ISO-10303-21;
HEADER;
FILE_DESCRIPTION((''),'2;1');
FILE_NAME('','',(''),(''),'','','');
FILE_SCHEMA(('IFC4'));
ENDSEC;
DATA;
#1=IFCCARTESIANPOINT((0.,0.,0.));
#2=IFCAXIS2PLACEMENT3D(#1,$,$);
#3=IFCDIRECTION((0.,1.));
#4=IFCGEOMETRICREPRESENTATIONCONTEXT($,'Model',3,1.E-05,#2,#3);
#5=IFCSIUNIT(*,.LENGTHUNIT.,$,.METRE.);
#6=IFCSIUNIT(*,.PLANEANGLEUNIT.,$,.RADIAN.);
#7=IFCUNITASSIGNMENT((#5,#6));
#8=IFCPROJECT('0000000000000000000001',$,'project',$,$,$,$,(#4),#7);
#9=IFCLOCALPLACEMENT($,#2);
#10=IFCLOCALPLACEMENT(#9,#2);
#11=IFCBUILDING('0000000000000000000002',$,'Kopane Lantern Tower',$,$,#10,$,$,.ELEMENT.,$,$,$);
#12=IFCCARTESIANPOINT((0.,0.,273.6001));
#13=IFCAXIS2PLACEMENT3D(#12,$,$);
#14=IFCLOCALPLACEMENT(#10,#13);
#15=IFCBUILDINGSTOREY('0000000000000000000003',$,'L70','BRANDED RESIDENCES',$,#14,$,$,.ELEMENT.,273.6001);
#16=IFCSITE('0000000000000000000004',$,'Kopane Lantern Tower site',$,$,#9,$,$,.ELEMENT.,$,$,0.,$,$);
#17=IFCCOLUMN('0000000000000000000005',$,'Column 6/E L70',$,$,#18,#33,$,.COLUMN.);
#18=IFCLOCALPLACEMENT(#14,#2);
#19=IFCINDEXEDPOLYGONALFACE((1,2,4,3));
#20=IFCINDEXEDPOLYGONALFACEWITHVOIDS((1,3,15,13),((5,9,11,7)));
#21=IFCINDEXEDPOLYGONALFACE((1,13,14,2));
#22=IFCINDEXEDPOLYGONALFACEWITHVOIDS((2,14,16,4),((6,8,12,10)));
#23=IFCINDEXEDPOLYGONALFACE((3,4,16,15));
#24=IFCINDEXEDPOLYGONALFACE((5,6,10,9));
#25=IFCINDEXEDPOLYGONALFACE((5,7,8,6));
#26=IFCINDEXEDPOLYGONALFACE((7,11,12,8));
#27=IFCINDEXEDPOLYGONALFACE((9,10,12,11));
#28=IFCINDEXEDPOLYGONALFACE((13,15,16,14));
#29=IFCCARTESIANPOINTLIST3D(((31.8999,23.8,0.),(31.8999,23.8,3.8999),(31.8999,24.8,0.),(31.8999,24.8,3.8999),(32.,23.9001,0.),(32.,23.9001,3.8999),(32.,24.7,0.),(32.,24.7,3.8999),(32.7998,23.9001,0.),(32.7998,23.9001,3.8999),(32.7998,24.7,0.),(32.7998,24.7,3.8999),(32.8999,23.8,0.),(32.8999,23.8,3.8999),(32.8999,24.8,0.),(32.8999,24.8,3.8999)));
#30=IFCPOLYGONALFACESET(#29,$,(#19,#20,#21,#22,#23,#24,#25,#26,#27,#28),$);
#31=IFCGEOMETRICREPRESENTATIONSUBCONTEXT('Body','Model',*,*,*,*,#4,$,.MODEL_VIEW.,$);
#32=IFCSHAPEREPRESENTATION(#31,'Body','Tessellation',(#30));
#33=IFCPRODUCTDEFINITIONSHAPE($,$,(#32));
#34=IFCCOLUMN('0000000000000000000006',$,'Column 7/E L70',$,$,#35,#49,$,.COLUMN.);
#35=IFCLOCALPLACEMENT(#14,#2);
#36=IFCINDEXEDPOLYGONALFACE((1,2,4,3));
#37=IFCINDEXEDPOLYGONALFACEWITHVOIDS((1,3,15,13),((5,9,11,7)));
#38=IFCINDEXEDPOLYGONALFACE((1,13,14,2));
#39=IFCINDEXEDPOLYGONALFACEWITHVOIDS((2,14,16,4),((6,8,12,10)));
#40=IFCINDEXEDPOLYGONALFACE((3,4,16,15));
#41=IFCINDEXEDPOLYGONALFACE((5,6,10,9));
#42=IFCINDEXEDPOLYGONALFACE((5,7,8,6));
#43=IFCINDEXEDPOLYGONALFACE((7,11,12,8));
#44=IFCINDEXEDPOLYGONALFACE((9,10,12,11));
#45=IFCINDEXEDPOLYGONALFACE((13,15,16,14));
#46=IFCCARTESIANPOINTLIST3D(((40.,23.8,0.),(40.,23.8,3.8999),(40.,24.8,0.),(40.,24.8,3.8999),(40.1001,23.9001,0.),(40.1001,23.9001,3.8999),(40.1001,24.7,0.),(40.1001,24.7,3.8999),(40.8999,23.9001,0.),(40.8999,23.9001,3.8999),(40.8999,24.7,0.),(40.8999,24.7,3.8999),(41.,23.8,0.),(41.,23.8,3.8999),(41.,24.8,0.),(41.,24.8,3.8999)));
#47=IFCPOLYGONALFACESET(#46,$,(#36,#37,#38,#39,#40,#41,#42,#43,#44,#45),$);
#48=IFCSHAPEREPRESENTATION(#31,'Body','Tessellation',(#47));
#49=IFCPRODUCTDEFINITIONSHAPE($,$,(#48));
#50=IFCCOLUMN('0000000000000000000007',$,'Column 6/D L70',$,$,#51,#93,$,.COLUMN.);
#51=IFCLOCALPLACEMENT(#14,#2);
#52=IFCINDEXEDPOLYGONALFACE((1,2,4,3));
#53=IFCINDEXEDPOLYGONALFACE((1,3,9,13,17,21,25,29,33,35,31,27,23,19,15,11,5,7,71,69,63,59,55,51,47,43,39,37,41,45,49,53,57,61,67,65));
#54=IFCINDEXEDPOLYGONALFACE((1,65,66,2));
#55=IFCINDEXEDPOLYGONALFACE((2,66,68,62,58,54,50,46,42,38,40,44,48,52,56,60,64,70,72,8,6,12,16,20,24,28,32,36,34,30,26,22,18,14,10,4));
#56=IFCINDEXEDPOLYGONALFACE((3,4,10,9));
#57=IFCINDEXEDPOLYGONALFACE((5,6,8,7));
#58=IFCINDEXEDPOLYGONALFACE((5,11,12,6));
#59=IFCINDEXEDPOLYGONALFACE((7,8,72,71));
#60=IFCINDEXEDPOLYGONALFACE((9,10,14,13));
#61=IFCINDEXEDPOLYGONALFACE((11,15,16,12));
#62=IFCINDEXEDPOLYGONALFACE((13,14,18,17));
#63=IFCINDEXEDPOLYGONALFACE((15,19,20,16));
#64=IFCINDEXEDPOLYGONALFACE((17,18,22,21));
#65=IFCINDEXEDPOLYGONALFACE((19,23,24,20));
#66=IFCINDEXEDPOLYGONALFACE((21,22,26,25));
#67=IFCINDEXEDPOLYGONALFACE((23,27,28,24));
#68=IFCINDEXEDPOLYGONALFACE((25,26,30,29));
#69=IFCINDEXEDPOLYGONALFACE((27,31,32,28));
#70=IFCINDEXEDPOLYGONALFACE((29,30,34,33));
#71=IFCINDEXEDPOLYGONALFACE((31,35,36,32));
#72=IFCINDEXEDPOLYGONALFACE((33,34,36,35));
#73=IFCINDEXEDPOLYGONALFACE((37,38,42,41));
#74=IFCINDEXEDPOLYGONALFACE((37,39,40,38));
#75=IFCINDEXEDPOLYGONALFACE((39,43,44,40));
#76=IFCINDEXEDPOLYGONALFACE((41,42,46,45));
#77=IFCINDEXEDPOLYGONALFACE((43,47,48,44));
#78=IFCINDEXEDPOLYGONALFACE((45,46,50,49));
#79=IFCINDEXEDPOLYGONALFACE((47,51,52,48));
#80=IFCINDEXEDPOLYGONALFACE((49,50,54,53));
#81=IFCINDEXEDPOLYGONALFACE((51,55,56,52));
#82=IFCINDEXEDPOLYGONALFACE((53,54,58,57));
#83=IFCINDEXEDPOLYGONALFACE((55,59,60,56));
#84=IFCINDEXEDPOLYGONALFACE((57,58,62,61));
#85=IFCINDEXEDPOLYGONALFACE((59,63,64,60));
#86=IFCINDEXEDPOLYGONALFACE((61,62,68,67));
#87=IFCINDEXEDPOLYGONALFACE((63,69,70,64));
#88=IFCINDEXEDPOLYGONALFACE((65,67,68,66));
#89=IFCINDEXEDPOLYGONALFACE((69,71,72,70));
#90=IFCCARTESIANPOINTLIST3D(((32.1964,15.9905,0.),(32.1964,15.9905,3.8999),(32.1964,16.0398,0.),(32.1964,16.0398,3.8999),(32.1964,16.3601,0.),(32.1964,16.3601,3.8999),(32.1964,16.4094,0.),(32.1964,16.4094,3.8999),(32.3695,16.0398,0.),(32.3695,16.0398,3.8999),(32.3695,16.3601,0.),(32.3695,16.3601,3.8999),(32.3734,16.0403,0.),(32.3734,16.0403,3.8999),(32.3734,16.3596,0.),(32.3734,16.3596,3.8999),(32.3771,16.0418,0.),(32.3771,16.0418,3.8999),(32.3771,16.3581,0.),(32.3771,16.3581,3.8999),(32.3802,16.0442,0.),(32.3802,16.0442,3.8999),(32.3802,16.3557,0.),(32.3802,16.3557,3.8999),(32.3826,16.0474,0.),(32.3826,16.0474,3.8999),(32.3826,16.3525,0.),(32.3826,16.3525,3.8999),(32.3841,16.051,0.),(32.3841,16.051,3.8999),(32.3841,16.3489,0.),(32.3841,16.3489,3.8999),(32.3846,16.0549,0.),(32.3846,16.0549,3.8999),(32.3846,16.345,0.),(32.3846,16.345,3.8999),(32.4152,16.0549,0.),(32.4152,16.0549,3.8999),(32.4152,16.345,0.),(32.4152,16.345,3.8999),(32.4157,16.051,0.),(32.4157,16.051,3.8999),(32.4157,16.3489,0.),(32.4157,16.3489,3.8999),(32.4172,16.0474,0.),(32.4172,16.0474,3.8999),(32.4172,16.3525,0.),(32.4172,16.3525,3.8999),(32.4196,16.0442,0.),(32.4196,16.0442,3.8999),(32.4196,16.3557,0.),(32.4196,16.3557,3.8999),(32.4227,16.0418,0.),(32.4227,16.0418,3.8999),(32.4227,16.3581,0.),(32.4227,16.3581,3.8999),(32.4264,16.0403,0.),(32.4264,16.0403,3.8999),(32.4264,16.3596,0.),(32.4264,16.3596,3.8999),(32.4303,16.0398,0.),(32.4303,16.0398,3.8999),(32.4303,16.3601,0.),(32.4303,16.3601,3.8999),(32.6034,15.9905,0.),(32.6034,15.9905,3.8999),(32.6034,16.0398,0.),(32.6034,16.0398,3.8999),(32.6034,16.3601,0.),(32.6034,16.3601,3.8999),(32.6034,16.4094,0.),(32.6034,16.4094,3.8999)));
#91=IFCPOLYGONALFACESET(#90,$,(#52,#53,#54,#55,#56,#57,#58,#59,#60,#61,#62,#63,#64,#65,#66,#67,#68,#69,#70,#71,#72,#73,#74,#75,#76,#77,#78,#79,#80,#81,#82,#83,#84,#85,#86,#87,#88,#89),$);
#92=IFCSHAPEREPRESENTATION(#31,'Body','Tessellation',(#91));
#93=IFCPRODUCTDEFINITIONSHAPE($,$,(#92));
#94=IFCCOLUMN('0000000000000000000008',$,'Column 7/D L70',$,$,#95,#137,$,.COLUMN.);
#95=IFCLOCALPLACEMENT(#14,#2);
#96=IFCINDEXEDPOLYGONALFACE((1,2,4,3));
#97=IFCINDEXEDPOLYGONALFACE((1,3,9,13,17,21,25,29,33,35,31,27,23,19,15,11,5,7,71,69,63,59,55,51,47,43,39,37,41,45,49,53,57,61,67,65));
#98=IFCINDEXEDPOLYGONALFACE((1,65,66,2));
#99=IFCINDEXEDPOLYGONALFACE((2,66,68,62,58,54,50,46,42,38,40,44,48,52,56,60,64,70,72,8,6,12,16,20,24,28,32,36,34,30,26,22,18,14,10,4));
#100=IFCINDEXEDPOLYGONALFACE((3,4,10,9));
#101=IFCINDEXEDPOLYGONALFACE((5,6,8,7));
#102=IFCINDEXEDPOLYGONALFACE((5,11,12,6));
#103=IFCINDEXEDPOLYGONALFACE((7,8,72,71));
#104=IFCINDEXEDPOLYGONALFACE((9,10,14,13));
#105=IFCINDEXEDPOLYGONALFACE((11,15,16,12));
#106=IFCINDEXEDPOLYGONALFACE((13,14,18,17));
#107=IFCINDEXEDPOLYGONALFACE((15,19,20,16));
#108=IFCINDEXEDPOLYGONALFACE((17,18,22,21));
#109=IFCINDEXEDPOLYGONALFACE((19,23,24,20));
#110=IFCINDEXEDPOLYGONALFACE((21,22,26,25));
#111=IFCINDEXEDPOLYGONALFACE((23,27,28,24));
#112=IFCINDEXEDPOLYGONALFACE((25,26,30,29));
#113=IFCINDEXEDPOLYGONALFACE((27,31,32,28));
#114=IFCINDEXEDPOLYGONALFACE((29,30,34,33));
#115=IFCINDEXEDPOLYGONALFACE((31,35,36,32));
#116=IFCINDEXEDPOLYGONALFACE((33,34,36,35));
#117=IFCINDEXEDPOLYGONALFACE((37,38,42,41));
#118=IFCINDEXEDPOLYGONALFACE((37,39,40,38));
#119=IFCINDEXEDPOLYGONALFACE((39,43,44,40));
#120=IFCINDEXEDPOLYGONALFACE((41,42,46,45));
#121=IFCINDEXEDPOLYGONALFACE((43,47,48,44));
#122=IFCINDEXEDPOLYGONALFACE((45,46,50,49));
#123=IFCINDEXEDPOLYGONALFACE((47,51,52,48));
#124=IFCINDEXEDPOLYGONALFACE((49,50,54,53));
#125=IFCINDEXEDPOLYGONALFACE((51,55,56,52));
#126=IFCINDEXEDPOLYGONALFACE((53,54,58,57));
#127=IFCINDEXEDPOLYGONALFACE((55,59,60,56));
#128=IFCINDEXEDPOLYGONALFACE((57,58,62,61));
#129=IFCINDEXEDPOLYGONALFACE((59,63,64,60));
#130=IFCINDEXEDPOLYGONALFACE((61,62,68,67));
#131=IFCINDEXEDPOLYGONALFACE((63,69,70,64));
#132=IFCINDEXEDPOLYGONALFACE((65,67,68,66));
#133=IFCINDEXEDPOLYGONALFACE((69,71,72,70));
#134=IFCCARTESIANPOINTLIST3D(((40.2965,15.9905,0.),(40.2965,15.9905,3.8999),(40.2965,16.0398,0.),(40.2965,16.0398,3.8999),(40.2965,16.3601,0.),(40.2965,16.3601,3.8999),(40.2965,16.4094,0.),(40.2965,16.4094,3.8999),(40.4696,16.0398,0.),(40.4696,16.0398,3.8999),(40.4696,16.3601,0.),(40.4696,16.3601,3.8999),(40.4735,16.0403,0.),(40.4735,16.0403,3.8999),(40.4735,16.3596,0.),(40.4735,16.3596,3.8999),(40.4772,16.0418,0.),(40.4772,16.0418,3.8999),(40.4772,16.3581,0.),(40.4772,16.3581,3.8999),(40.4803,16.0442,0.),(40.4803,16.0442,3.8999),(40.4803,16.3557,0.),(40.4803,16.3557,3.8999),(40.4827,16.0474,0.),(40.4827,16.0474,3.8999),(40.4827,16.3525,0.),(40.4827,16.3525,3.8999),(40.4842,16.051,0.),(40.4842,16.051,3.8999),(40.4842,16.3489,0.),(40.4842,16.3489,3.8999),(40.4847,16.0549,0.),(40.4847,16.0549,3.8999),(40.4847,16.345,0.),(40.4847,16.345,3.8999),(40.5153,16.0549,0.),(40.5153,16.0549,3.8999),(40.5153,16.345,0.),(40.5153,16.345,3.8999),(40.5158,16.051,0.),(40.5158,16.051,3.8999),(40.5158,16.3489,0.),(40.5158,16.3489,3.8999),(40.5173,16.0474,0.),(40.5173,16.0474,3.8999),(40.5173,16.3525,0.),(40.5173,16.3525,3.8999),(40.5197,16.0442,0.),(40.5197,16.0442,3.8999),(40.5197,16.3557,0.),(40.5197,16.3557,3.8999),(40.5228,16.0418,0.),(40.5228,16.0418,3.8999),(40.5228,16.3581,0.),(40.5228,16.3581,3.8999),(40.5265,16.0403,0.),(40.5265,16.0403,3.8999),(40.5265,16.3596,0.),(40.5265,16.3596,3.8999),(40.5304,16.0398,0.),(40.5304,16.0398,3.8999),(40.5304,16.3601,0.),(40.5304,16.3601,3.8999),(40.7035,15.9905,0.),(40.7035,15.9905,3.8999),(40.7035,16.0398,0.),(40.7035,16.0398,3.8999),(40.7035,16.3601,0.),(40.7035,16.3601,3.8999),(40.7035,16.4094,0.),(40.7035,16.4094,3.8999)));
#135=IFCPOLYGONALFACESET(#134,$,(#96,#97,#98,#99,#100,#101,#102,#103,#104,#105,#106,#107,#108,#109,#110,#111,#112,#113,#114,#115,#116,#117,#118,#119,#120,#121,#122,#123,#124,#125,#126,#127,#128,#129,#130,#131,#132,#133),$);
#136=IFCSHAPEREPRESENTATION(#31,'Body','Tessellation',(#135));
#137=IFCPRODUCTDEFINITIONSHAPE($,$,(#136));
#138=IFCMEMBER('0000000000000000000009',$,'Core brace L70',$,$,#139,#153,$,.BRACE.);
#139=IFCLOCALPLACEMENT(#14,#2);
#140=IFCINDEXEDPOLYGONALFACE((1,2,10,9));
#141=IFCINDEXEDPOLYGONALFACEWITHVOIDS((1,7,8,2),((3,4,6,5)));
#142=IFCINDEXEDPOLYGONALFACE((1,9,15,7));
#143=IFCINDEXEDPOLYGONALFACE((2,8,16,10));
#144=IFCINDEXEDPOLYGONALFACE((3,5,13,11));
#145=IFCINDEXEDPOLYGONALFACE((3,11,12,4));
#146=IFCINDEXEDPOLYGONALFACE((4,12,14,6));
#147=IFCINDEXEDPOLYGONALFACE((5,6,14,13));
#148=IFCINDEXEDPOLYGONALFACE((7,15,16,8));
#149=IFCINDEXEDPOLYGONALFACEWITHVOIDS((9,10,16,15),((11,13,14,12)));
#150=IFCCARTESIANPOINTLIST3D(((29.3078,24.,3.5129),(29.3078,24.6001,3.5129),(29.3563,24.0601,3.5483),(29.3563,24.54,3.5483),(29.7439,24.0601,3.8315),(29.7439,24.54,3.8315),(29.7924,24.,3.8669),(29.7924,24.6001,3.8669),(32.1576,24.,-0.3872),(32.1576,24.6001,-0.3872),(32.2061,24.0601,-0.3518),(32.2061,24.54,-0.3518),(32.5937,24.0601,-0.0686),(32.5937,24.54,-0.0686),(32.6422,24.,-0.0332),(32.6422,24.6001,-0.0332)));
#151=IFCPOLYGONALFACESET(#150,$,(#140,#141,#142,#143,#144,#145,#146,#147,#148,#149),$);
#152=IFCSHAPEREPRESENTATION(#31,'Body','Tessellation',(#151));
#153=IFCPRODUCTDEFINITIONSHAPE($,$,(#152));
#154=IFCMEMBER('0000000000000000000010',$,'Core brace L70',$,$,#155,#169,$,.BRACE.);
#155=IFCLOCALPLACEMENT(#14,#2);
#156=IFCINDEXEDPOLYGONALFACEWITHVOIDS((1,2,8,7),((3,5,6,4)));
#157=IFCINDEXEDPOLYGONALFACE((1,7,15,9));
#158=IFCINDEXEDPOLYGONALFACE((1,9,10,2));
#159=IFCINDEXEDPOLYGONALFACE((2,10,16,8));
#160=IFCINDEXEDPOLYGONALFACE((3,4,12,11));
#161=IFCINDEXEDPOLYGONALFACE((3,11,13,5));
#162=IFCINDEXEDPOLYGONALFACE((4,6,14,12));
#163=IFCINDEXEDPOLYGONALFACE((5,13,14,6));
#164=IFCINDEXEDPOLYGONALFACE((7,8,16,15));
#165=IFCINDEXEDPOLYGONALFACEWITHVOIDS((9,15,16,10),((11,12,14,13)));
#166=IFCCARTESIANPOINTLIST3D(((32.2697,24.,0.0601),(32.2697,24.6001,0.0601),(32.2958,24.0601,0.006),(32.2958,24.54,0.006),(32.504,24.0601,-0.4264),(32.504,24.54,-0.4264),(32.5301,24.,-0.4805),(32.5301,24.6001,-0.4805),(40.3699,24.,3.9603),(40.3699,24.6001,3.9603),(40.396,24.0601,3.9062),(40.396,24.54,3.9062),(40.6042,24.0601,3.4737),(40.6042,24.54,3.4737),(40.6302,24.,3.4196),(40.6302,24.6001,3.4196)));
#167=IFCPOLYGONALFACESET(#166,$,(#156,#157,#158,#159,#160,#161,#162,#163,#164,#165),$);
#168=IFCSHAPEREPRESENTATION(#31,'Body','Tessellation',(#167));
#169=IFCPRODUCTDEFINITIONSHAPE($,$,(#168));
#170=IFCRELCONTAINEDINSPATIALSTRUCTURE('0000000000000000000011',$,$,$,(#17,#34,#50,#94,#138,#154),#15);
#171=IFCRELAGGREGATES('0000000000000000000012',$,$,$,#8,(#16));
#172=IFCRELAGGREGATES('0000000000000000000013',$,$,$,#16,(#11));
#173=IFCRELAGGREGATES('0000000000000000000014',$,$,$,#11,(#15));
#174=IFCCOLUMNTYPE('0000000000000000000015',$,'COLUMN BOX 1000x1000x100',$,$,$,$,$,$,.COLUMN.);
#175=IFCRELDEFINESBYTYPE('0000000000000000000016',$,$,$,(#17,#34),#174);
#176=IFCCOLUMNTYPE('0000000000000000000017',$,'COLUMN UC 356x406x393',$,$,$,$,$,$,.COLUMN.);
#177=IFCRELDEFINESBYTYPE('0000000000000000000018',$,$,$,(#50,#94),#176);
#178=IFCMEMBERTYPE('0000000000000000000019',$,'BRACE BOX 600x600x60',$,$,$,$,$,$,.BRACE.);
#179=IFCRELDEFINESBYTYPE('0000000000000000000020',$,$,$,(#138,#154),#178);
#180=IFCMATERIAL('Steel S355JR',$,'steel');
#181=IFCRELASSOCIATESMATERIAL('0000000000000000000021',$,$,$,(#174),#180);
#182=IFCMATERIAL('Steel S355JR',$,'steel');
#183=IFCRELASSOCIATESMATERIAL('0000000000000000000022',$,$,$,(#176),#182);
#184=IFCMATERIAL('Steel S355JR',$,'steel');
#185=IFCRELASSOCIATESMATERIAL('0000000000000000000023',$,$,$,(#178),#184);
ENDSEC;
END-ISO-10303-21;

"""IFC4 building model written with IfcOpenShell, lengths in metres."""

from ifc_helpers import new_model, si_unit, direction, frame, origin, origin_2d, place, context, subcontext, project, spatial, hollow_rectangle, i_section, extrude, material, material_profile, profile_set, type_object, element, save


model = new_model("IFC4")

# Units and contexts
model_context = context("Model", 3, precision=1e-05, world=origin(), true_north=direction((0.0, 1.0)))
body_context = subcontext(model_context, "Body", "Model", "MODEL_VIEW")
ifc_project = project(units=[si_unit("LENGTHUNIT", "METRE"), si_unit("PLANEANGLEUNIT", "RADIAN")], contexts=[model_context])

# Site, building, storey
site_placement = place(None, origin())
site = spatial("IfcSite", under=ifc_project, at=site_placement, Name="Kopane Lantern Tower site", CompositionType="ELEMENT", RefElevation=0.0)
building_placement = place(site_placement, origin())
building = spatial("IfcBuilding", under=site, at=building_placement, Name="Kopane Lantern Tower", CompositionType="ELEMENT")
storey_placement = place(building_placement, frame((0.0, 0.0, 273.6001)))
storey = spatial("IfcBuildingStorey", under=building, at=storey_placement, Name="L70", Description="BRANDED RESIDENCES", CompositionType="ELEMENT", Elevation=273.6001)

# Columns
ifc_material_1 = material(Name="Steel S355JR", Category="steel")
ifc_material_profile_1 = material_profile(ifc_material_1, hollow_rectangle(XDim=1.0, YDim=1.0, WallThickness=0.1001, at=origin_2d()), Name="BOX 1000x1000x100")
ifc_profile_set_1 = profile_set([ifc_material_profile_1], Name="Steel S355JR")
column_type_1 = type_object("IfcColumnType", Name="COLUMN BOX 1000x1000x100", PredefinedType="COLUMN", material=ifc_profile_set_1)
for number, where, z_axis, x_axis, name in (
    (1, (32.3999, 24.3, 0.0), (0.0, 0.0, 1.0), (1.0, 0.0, 0.0), "Column 6/E L70"),
    (2, (40.5, 24.3, 0.0), (0.0, 0.0, 1.0), (1.0, 0.0, 0.0), "Column 7/E L70"),
):
    element("IfcColumn", number, at=place(storey_placement, frame(where, z_axis=z_axis, x_axis=x_axis)), inside=storey, type_object=column_type_1, Name=name, PredefinedType="COLUMN", context=body_context, shape_type="SweptSolid", body=[
        extrude(hollow_rectangle(XDim=1.0, YDim=1.0, WallThickness=0.1001, at=origin_2d()), origin(), (0.0, 0.0, 1.0), 3.8999),
    ])
ifc_material_2 = material(Name="Steel S355JR", Category="steel")
ifc_material_profile_2 = material_profile(ifc_material_2, i_section(OverallWidth=0.407, OverallDepth=0.4189, WebThickness=0.0305, FlangeThickness=0.0493, FilletRadius=0.0151, at=origin_2d()), Name="UC 356x406x393")
ifc_profile_set_2 = profile_set([ifc_material_profile_2], Name="Steel S355JR")
column_type_2 = type_object("IfcColumnType", Name="COLUMN UC 356x406x393", PredefinedType="COLUMN", material=ifc_profile_set_2)
for number, where, z_axis, x_axis, name in (
    (3, (32.3999, 16.2, 0.0), (0.0, 0.0, 1.0), (1.0, 0.0, 0.0), "Column 6/D L70"),
    (4, (40.5, 16.2, 0.0), (0.0, 0.0, 1.0), (1.0, 0.0, 0.0), "Column 7/D L70"),
):
    element("IfcColumn", number, at=place(storey_placement, frame(where, z_axis=z_axis, x_axis=x_axis)), inside=storey, type_object=column_type_2, Name=name, PredefinedType="COLUMN", context=body_context, shape_type="SweptSolid", body=[
        extrude(i_section(OverallWidth=0.407, OverallDepth=0.4189, WebThickness=0.0305, FlangeThickness=0.0493, FilletRadius=0.0151, at=origin_2d()), origin(), (0.0, 0.0, 1.0), 3.8999),
    ])

# Members
ifc_material_3 = material(Name="Steel S355JR", Category="steel")
ifc_material_profile_3 = material_profile(ifc_material_3, hollow_rectangle(XDim=0.6001, YDim=0.6001, WallThickness=0.0601, at=origin_2d()), Name="BOX 600x600x60")
ifc_profile_set_3 = profile_set([ifc_material_profile_3], Name="Steel S355JR")
member_type = type_object("IfcMemberType", Name="BRACE BOX 600x600x60", PredefinedType="BRACE", material=ifc_profile_set_3)
member_1_placement = place(storey_placement, frame((32.3999, 24.3, -0.2102), z_axis=(-0.589982, 0.0, 0.807416), x_axis=(0.0, -1.0, 0.0)))
element("IfcMember", 5, at=member_1_placement, inside=storey, type_object=member_type, Name="Core brace L70", PredefinedType="BRACE", context=body_context, shape_type="SweptSolid", body=[
    extrude(hollow_rectangle(XDim=0.6001, YDim=0.6001, WallThickness=0.0601, at=origin_2d()), origin(), (0.0, 0.0, 1.0), 4.8303),
])
member_2_placement = place(storey_placement, frame((32.3999, 24.3, -0.2102), z_axis=(0.900997, 0.0, 0.433825), x_axis=(0.0, 1.0, 0.0)))
element("IfcMember", 6, at=member_2_placement, inside=storey, type_object=member_type, Name="Core brace L70", PredefinedType="BRACE", context=body_context, shape_type="SweptSolid", body=[
    extrude(hollow_rectangle(XDim=0.6001, YDim=0.6001, WallThickness=0.0601, at=origin_2d()), origin(), (0.0, 0.0, 1.0), 8.9902),
])

save(model, "model.ifc")
